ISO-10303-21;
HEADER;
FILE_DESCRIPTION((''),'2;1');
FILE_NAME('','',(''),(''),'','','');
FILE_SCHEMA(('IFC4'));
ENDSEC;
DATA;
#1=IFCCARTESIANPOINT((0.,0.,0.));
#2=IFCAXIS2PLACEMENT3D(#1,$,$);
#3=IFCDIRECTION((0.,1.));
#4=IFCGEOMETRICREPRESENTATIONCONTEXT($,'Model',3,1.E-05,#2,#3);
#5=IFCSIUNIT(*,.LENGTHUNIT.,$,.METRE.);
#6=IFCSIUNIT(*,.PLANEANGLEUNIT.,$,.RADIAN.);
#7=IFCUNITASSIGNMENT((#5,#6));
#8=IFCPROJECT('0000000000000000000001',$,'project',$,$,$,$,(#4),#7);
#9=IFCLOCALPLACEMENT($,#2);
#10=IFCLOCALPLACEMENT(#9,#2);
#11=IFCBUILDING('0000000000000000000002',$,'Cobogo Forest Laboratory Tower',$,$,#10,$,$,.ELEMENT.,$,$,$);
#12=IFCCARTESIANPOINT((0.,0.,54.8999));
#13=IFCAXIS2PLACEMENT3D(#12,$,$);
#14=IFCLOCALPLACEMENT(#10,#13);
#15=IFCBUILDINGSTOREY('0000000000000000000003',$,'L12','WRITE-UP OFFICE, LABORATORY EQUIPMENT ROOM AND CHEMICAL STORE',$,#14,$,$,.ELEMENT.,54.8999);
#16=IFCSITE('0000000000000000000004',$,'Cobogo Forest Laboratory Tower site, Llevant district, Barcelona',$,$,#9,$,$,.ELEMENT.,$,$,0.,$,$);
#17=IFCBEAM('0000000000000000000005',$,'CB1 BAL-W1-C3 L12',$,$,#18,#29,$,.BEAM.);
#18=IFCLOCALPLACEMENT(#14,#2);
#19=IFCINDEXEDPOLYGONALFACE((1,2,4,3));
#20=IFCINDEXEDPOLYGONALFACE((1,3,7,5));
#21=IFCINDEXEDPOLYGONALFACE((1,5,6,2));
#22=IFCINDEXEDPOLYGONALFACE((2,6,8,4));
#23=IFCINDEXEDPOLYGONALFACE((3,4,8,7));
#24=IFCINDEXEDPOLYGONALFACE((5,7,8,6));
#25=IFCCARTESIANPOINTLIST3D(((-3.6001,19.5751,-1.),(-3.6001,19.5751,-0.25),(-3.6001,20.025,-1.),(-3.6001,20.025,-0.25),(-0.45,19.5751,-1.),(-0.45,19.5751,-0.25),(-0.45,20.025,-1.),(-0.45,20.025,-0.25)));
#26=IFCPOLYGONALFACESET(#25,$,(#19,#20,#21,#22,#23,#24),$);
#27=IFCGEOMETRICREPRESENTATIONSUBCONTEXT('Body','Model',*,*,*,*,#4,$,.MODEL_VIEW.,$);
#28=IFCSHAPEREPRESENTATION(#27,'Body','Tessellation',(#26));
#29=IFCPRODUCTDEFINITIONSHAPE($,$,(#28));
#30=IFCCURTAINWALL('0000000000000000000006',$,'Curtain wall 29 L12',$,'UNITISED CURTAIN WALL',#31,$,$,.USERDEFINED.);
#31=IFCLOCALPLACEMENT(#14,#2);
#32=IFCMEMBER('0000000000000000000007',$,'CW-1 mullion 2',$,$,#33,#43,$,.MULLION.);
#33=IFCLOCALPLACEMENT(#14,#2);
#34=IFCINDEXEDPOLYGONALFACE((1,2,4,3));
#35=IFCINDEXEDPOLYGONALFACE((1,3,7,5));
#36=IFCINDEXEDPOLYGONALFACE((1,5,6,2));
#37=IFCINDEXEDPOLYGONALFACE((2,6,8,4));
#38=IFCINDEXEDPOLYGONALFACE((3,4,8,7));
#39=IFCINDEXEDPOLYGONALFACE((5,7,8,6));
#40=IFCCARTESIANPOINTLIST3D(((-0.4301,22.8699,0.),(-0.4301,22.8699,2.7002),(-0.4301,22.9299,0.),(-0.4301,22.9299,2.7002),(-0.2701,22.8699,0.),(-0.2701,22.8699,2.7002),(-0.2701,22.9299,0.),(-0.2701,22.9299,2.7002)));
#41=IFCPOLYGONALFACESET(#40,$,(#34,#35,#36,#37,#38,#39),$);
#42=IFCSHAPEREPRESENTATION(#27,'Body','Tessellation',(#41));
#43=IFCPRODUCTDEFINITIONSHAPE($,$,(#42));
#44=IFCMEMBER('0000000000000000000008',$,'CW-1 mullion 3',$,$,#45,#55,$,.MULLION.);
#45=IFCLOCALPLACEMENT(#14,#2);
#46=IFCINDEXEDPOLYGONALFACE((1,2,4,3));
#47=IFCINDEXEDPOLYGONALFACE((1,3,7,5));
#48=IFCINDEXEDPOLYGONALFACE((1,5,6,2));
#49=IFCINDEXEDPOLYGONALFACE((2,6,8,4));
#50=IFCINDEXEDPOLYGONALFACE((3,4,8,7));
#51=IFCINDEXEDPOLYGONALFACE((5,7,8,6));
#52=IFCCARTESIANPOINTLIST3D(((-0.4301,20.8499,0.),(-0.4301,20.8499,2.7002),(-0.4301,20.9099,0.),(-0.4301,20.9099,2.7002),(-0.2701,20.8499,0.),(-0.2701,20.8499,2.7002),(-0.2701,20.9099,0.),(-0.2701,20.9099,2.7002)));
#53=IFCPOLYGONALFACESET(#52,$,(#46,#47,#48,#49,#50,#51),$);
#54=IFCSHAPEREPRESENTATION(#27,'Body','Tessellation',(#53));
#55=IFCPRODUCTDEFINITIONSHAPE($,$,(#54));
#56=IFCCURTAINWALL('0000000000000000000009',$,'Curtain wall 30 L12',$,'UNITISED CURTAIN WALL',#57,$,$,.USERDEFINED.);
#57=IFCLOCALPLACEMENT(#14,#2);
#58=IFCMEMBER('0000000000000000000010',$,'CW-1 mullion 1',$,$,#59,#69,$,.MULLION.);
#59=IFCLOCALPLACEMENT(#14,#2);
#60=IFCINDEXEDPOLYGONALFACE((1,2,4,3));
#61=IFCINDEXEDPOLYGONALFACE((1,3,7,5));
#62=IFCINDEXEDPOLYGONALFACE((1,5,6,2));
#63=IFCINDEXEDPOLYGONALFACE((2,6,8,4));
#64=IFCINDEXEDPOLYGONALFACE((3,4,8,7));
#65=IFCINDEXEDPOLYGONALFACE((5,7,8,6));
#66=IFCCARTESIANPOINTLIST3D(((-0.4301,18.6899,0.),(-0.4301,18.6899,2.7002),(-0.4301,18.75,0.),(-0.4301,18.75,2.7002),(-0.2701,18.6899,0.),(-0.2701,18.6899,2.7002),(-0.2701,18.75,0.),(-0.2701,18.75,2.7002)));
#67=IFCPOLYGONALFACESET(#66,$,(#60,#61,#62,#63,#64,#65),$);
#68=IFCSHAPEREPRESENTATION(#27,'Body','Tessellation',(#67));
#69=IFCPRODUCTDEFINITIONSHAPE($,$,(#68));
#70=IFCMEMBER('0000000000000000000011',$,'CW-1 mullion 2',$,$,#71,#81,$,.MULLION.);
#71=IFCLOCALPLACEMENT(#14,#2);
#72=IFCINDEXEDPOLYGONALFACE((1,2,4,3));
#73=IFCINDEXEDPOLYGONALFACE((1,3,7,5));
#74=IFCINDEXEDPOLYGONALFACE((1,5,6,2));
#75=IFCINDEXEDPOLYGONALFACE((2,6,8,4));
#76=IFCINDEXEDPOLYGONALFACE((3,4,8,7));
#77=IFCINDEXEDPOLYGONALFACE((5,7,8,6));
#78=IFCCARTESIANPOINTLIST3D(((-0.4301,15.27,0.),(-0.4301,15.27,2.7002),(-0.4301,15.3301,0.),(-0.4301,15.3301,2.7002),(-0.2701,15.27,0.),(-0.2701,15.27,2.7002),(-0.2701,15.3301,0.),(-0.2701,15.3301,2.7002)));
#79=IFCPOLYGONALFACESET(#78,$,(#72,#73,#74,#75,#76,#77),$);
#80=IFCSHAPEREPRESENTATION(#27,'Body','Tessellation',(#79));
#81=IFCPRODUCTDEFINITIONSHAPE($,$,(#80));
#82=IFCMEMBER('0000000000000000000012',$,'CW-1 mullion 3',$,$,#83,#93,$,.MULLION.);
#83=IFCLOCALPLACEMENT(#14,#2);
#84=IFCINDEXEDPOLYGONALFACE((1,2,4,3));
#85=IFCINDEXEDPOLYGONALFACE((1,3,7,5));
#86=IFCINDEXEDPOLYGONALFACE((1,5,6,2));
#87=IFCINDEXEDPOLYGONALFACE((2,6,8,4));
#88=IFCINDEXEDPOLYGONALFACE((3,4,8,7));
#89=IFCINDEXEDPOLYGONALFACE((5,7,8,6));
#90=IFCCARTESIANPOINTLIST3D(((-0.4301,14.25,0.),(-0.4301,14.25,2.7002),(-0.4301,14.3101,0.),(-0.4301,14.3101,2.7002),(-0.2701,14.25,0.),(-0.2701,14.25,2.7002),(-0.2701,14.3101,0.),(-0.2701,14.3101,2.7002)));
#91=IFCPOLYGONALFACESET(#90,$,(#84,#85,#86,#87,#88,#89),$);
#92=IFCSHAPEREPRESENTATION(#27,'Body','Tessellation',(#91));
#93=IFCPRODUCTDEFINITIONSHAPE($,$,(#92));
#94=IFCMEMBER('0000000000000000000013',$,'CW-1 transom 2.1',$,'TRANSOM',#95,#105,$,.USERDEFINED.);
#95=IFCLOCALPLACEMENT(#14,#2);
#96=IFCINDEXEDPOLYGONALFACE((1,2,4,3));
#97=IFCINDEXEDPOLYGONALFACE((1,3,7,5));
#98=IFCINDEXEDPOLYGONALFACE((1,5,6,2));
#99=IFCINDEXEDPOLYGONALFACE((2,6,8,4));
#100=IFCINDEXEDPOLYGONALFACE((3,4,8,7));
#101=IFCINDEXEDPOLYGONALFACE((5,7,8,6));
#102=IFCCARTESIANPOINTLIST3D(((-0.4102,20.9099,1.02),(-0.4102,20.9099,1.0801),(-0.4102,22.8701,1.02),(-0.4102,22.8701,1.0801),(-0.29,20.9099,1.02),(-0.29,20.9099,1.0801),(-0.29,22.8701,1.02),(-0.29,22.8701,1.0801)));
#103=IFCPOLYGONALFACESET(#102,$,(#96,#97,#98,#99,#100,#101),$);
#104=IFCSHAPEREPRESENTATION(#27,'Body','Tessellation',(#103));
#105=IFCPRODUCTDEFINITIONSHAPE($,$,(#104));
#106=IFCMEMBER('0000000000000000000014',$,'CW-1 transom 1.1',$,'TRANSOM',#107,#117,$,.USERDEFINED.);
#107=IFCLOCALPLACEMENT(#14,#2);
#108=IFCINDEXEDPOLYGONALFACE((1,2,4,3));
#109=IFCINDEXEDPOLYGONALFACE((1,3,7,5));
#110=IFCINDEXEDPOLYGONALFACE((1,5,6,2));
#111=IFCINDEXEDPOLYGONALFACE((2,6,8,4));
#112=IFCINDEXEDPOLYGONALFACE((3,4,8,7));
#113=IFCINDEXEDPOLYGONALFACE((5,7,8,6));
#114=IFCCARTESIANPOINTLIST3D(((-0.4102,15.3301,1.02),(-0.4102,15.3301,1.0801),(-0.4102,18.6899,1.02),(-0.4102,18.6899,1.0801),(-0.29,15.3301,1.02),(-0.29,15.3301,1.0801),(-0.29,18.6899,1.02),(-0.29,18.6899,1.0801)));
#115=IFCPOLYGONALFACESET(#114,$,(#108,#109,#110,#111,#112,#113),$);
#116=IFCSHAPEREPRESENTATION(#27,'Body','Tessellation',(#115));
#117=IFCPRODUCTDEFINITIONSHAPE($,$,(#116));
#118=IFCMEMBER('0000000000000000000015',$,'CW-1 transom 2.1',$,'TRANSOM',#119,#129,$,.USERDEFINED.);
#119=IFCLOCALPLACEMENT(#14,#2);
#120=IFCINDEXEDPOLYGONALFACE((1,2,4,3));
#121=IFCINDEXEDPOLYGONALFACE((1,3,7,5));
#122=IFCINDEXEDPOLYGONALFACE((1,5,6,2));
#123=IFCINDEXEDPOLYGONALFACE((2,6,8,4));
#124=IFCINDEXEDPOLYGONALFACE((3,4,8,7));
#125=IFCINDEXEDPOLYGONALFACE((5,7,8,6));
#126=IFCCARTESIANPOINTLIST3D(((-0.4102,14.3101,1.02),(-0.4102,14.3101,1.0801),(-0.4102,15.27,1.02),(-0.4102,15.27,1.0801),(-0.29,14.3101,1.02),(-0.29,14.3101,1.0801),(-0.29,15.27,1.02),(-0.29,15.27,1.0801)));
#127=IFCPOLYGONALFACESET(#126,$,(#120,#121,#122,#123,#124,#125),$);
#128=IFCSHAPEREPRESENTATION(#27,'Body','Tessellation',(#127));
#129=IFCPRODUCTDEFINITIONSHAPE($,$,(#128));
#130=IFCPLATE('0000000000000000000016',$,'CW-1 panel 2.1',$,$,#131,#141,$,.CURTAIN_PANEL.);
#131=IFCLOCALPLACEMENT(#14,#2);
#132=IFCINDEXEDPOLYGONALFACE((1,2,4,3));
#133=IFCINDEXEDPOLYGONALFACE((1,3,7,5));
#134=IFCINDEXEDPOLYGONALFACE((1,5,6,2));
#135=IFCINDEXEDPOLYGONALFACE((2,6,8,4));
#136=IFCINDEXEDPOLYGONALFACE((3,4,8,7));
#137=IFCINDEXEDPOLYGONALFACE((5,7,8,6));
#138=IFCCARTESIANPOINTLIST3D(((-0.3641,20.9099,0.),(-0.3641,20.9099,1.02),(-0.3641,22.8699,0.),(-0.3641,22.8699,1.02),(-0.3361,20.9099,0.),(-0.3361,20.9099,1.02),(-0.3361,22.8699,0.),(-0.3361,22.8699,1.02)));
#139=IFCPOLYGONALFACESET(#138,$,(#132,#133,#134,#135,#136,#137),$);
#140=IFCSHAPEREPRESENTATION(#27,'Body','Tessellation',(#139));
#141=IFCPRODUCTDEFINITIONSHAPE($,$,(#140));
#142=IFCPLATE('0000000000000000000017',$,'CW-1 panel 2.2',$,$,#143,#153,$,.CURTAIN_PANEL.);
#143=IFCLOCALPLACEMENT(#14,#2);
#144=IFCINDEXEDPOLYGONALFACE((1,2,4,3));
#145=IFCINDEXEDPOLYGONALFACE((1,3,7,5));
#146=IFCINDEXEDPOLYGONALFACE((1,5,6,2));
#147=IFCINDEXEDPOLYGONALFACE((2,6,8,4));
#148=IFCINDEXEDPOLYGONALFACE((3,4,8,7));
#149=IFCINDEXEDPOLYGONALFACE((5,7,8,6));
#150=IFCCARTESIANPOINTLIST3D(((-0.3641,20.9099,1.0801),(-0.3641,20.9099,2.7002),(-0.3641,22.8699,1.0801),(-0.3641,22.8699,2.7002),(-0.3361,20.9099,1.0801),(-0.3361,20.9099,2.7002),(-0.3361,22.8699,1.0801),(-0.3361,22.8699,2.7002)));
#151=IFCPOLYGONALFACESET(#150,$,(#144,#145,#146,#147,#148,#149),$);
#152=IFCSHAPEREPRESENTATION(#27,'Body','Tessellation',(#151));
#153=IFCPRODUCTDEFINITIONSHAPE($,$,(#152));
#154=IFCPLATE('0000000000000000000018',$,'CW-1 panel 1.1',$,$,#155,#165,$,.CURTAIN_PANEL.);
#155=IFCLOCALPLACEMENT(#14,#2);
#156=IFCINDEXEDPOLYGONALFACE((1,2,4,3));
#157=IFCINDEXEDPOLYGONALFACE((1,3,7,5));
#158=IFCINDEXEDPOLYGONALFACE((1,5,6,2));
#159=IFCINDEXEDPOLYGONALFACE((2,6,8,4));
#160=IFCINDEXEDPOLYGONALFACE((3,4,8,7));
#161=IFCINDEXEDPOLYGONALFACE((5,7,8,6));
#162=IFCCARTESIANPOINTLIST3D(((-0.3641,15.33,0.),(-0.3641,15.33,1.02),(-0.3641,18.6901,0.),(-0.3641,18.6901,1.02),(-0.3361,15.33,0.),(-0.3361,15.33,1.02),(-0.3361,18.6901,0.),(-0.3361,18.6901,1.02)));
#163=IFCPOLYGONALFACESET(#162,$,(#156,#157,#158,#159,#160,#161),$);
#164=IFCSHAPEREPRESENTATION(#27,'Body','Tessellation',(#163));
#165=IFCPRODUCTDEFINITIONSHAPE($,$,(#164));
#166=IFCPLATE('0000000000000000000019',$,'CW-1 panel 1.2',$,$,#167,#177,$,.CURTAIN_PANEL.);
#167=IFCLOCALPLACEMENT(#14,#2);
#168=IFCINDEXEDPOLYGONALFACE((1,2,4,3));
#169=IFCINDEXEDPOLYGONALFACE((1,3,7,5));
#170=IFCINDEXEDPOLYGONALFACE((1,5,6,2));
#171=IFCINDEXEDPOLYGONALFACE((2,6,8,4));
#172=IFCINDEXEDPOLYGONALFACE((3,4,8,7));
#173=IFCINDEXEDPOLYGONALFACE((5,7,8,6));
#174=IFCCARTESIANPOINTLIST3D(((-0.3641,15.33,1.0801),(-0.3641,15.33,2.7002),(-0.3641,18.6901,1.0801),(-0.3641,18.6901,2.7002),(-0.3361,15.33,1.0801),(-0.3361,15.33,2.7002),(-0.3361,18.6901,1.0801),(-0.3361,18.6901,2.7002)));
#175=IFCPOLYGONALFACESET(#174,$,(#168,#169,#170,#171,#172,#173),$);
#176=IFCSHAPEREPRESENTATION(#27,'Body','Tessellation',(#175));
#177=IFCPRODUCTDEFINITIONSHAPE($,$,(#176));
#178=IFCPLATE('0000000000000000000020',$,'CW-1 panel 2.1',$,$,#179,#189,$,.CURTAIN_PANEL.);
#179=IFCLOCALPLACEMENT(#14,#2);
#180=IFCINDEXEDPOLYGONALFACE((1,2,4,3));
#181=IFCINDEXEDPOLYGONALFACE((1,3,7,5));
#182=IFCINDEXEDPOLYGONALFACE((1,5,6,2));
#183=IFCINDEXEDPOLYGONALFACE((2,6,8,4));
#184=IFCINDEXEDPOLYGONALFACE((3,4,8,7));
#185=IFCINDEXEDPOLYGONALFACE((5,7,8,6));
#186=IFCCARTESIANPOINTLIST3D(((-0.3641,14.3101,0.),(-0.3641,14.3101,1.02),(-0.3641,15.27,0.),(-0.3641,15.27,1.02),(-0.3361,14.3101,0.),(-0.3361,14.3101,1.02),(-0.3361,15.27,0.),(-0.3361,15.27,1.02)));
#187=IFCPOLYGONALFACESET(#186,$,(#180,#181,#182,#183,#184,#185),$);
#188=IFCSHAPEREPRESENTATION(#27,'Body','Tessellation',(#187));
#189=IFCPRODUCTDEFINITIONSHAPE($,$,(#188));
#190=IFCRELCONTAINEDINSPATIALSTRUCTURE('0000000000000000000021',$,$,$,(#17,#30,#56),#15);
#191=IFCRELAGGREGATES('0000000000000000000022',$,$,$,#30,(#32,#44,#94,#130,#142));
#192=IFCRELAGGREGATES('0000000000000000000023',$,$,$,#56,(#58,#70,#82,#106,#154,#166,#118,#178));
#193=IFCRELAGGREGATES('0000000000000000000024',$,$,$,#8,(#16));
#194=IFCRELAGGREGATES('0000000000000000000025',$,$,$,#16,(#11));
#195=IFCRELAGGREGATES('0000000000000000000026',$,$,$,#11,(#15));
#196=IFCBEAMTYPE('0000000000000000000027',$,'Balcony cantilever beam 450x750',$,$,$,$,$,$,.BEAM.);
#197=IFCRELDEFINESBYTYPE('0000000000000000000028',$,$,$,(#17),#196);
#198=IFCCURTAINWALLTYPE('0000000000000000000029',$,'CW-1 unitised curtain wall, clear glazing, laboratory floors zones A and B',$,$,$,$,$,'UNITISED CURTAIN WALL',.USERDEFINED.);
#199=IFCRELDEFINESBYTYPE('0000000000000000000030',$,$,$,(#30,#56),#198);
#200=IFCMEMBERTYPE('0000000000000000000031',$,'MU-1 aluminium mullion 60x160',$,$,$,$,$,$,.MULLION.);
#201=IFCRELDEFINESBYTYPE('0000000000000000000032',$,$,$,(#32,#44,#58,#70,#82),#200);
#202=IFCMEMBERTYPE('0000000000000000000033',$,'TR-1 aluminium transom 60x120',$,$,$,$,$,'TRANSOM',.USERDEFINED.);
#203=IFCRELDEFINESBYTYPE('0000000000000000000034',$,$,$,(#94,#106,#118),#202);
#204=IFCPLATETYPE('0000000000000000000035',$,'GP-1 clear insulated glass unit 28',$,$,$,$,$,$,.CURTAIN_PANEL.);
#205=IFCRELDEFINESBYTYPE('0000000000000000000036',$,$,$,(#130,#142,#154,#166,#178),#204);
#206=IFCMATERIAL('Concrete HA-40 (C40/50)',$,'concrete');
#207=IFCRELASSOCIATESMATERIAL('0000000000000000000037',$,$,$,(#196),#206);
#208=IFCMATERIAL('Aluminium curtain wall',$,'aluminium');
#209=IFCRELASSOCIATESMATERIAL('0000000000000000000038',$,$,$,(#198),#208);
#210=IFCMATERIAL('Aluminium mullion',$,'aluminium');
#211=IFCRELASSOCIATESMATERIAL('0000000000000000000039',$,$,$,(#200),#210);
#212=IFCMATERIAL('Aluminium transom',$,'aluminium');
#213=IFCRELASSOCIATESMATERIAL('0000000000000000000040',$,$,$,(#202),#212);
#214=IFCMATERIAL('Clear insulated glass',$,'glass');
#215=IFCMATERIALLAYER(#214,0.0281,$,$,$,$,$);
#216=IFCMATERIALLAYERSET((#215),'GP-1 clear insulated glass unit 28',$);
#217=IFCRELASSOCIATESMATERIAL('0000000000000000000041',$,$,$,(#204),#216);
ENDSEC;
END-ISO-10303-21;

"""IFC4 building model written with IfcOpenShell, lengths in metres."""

from ifc_helpers import new_model, si_unit, direction, frame, origin, origin_2d, place, context, subcontext, project, spatial, rectangle, extrude, material, layer, layer_set, material_profile, profile_set, type_object, element, aggregate, save


model = new_model("IFC4")

# Units and contexts
model_context = context("Model", 3, precision=1e-05, world=origin(), true_north=direction((0.0, 1.0)))
body_context = subcontext(model_context, "Body", "Model", "MODEL_VIEW")
ifc_project = project(units=[si_unit("LENGTHUNIT", "METRE"), si_unit("PLANEANGLEUNIT", "RADIAN")], contexts=[model_context])

# Site, building, storey
site_placement = place(None, origin())
site = spatial("IfcSite", under=ifc_project, at=site_placement, Name="Cobogo Forest Laboratory Tower site, Llevant district, Barcelona", CompositionType="ELEMENT", RefElevation=0.0)
building_placement = place(site_placement, origin())
building = spatial("IfcBuilding", under=site, at=building_placement, Name="Cobogo Forest Laboratory Tower", CompositionType="ELEMENT")
storey_placement = place(building_placement, frame((0.0, 0.0, 54.8999)))
storey = spatial("IfcBuildingStorey", under=building, at=storey_placement, Name="L12", Description="WRITE-UP OFFICE, LABORATORY EQUIPMENT ROOM AND CHEMICAL STORE", CompositionType="ELEMENT", Elevation=54.8999)

# Beam
ifc_material_1 = material(Name="Concrete HA-40 (C40/50)", Category="concrete")
ifc_material_profile_1 = material_profile(ifc_material_1, rectangle(XDim=0.45, YDim=0.75, at=origin_2d()), Name="RC 450x750")
ifc_profile_set_1 = profile_set([ifc_material_profile_1], Name="Concrete HA-40 (C40/50)")
beam_type = type_object("IfcBeamType", Name="Balcony cantilever beam 450x750", PredefinedType="BEAM", material=ifc_profile_set_1)
beam_placement = place(storey_placement, frame((-0.45, 19.8, -0.625), z_axis=(-1.0, 0.0, 0.0), x_axis=(0.0, -1.0, 0.0)))
element("IfcBeam", 1, at=beam_placement, inside=storey, type_object=beam_type, Name="CB1 BAL-W1-C3 L12", PredefinedType="BEAM", context=body_context, shape_type="SweptSolid", body=[
    extrude(rectangle(XDim=0.45, YDim=0.75, at=origin_2d()), origin(), (0.0, 0.0, 1.0), 3.1501),
])

# Curtain walls, members
ifc_material_2 = material(Name="Aluminium curtain wall", Category="aluminium")
curtain_wall_type = type_object("IfcCurtainWallType", Name="CW-1 unitised curtain wall, clear glazing, laboratory floors zones A and B", ElementType="UNITISED CURTAIN WALL", PredefinedType="USERDEFINED", material=ifc_material_2)
curtain_wall_1_placement = place(storey_placement, origin())
curtain_wall_1 = element("IfcCurtainWall", 2, at=curtain_wall_1_placement, inside=storey, type_object=curtain_wall_type, Name="Curtain wall 29 L12", ObjectType="UNITISED CURTAIN WALL", PredefinedType="USERDEFINED")
ifc_material_3 = material(Name="Aluminium mullion", Category="aluminium")
ifc_material_profile_2 = material_profile(ifc_material_3, rectangle(XDim=0.0601, YDim=0.1599, at=origin_2d()), Name="AL 60x160")
ifc_profile_set_2 = profile_set([ifc_material_profile_2], Name="Aluminium mullion")
member_type_1 = type_object("IfcMemberType", Name="MU-1 aluminium mullion 60x160", PredefinedType="MULLION", material=ifc_profile_set_2)
member_1_placement = place(storey_placement, frame((-0.3501, 22.8999, 0.0), z_axis=(0.0, 0.0, 1.0), x_axis=(0.0, -1.0, 0.0)))
member_1 = element("IfcMember", 3, at=member_1_placement, type_object=member_type_1, Name="CW-1 mullion 2", PredefinedType="MULLION", context=body_context, shape_type="SweptSolid", body=[
    extrude(rectangle(XDim=0.0601, YDim=0.1599, at=origin_2d()), origin(), (0.0, 0.0, 1.0), 2.7002),
])
member_2_placement = place(storey_placement, frame((-0.3501, 20.8799, 0.0), z_axis=(0.0, 0.0, 1.0), x_axis=(0.0, -1.0, 0.0)))
member_2 = element("IfcMember", 4, at=member_2_placement, type_object=member_type_1, Name="CW-1 mullion 3", PredefinedType="MULLION", context=body_context, shape_type="SweptSolid", body=[
    extrude(rectangle(XDim=0.0601, YDim=0.1599, at=origin_2d()), origin(), (0.0, 0.0, 1.0), 2.7002),
])
curtain_wall_2_placement = place(storey_placement, origin())
curtain_wall_2 = element("IfcCurtainWall", 5, at=curtain_wall_2_placement, inside=storey, type_object=curtain_wall_type, Name="Curtain wall 30 L12", ObjectType="UNITISED CURTAIN WALL", PredefinedType="USERDEFINED")
member_3_placement = place(storey_placement, frame((-0.3501, 18.72, 0.0), z_axis=(0.0, 0.0, 1.0), x_axis=(0.0, -1.0, 0.0)))
member_3 = element("IfcMember", 6, at=member_3_placement, type_object=member_type_1, Name="CW-1 mullion 1", PredefinedType="MULLION", context=body_context, shape_type="SweptSolid", body=[
    extrude(rectangle(XDim=0.0601, YDim=0.1599, at=origin_2d()), origin(), (0.0, 0.0, 1.0), 2.7002),
])
member_4_placement = place(storey_placement, frame((-0.3501, 15.3, 0.0), z_axis=(0.0, 0.0, 1.0), x_axis=(0.0, -1.0, 0.0)))
member_4 = element("IfcMember", 7, at=member_4_placement, type_object=member_type_1, Name="CW-1 mullion 2", PredefinedType="MULLION", context=body_context, shape_type="SweptSolid", body=[
    extrude(rectangle(XDim=0.0601, YDim=0.1599, at=origin_2d()), origin(), (0.0, 0.0, 1.0), 2.7002),
])
member_5_placement = place(storey_placement, frame((-0.3501, 14.28, 0.0), z_axis=(0.0, 0.0, 1.0), x_axis=(0.0, -1.0, 0.0)))
member_5 = element("IfcMember", 8, at=member_5_placement, type_object=member_type_1, Name="CW-1 mullion 3", PredefinedType="MULLION", context=body_context, shape_type="SweptSolid", body=[
    extrude(rectangle(XDim=0.0601, YDim=0.1599, at=origin_2d()), origin(), (0.0, 0.0, 1.0), 2.7002),
])

# Members
ifc_material_4 = material(Name="Aluminium transom", Category="aluminium")
ifc_material_profile_3 = material_profile(ifc_material_4, rectangle(XDim=0.1201, YDim=0.0601, at=origin_2d()), Name="AL 60x120")
ifc_profile_set_3 = profile_set([ifc_material_profile_3], Name="Aluminium transom")
member_type_2 = type_object("IfcMemberType", Name="TR-1 aluminium transom 60x120", ElementType="TRANSOM", PredefinedType="USERDEFINED", material=ifc_profile_set_3)
member_6_placement = place(storey_placement, frame((-0.3501, 22.8701, 1.05), z_axis=(0.0, -1.0, 0.0), x_axis=(1.0, 0.0, 0.0)))
member_6 = element("IfcMember", 9, at=member_6_placement, type_object=member_type_2, Name="CW-1 transom 2.1", ObjectType="TRANSOM", PredefinedType="USERDEFINED", context=body_context, shape_type="SweptSolid", body=[
    extrude(rectangle(XDim=0.1201, YDim=0.0601, at=origin_2d()), origin(), (0.0, 0.0, 1.0), 1.9602),
])
member_7_placement = place(storey_placement, frame((-0.3501, 18.6899, 1.05), z_axis=(0.0, -1.0, 0.0), x_axis=(1.0, 0.0, 0.0)))
member_7 = element("IfcMember", 10, at=member_7_placement, type_object=member_type_2, Name="CW-1 transom 1.1", ObjectType="TRANSOM", PredefinedType="USERDEFINED", context=body_context, shape_type="SweptSolid", body=[
    extrude(rectangle(XDim=0.1201, YDim=0.0601, at=origin_2d()), origin(), (0.0, 0.0, 1.0), 3.3599),
])
member_8_placement = place(storey_placement, frame((-0.3501, 15.27, 1.05), z_axis=(0.0, -1.0, 0.0), x_axis=(1.0, 0.0, 0.0)))
member_8 = element("IfcMember", 11, at=member_8_placement, type_object=member_type_2, Name="CW-1 transom 2.1", ObjectType="TRANSOM", PredefinedType="USERDEFINED", context=body_context, shape_type="SweptSolid", body=[
    extrude(rectangle(XDim=0.1201, YDim=0.0601, at=origin_2d()), origin(), (0.0, 0.0, 1.0), 0.96),
])

# Plates
ifc_material_5 = material(Name="Clear insulated glass", Category="glass")
ifc_layer_1 = layer(ifc_material_5, 0.0281)
ifc_layer_set_1 = layer_set([ifc_layer_1], Name="GP-1 clear insulated glass unit 28")
plate_type_1 = type_object("IfcPlateType", Name="GP-1 clear insulated glass unit 28", PredefinedType="CURTAIN_PANEL", material=ifc_layer_set_1)
plate_1_placement = place(storey_placement, frame((-0.3501, 21.8899, 0.0), z_axis=(0.0, 0.0, 1.0), x_axis=(0.0, -1.0, 0.0)))
plate_1 = element("IfcPlate", 12, at=plate_1_placement, type_object=plate_type_1, Name="CW-1 panel 2.1", PredefinedType="CURTAIN_PANEL", context=body_context, shape_type="SweptSolid", body=[
    extrude(rectangle(XDim=1.96, YDim=0.0281, at=origin_2d()), origin(), (0.0, 0.0, 1.0), 1.02),
])
plate_2_placement = place(storey_placement, frame((-0.3501, 21.8899, 1.0801), z_axis=(0.0, 0.0, 1.0), x_axis=(0.0, -1.0, 0.0)))
plate_2 = element("IfcPlate", 13, at=plate_2_placement, type_object=plate_type_1, Name="CW-1 panel 2.2", PredefinedType="CURTAIN_PANEL", context=body_context, shape_type="SweptSolid", body=[
    extrude(rectangle(XDim=1.96, YDim=0.0281, at=origin_2d()), origin(), (0.0, 0.0, 1.0), 1.6201),
])
aggregate(curtain_wall_1, [member_1, member_2, member_6, plate_1, plate_2])
plate_3_placement = place(storey_placement, frame((-0.3501, 17.01, 0.0), z_axis=(0.0, 0.0, 1.0), x_axis=(0.0, -1.0, 0.0)))
plate_3 = element("IfcPlate", 14, at=plate_3_placement, type_object=plate_type_1, Name="CW-1 panel 1.1", PredefinedType="CURTAIN_PANEL", context=body_context, shape_type="SweptSolid", body=[
    extrude(rectangle(XDim=3.3601, YDim=0.0281, at=origin_2d()), origin(), (0.0, 0.0, 1.0), 1.02),
])
plate_4_placement = place(storey_placement, frame((-0.3501, 17.01, 1.0801), z_axis=(0.0, 0.0, 1.0), x_axis=(0.0, -1.0, 0.0)))
plate_4 = element("IfcPlate", 15, at=plate_4_placement, type_object=plate_type_1, Name="CW-1 panel 1.2", PredefinedType="CURTAIN_PANEL", context=body_context, shape_type="SweptSolid", body=[
    extrude(rectangle(XDim=3.3601, YDim=0.0281, at=origin_2d()), origin(), (0.0, 0.0, 1.0), 1.6201),
])
plate_5_placement = place(storey_placement, frame((-0.3501, 14.79, 0.0), z_axis=(0.0, 0.0, 1.0), x_axis=(0.0, -1.0, 0.0)))
plate_5 = element("IfcPlate", 16, at=plate_5_placement, type_object=plate_type_1, Name="CW-1 panel 2.1", PredefinedType="CURTAIN_PANEL", context=body_context, shape_type="SweptSolid", body=[
    extrude(rectangle(XDim=0.96, YDim=0.0281, at=origin_2d()), origin(), (0.0, 0.0, 1.0), 1.02),
])
aggregate(curtain_wall_2, [member_3, member_4, member_5, member_7, plate_3, plate_4, member_8, plate_5])

save(model, "model.ifc")
